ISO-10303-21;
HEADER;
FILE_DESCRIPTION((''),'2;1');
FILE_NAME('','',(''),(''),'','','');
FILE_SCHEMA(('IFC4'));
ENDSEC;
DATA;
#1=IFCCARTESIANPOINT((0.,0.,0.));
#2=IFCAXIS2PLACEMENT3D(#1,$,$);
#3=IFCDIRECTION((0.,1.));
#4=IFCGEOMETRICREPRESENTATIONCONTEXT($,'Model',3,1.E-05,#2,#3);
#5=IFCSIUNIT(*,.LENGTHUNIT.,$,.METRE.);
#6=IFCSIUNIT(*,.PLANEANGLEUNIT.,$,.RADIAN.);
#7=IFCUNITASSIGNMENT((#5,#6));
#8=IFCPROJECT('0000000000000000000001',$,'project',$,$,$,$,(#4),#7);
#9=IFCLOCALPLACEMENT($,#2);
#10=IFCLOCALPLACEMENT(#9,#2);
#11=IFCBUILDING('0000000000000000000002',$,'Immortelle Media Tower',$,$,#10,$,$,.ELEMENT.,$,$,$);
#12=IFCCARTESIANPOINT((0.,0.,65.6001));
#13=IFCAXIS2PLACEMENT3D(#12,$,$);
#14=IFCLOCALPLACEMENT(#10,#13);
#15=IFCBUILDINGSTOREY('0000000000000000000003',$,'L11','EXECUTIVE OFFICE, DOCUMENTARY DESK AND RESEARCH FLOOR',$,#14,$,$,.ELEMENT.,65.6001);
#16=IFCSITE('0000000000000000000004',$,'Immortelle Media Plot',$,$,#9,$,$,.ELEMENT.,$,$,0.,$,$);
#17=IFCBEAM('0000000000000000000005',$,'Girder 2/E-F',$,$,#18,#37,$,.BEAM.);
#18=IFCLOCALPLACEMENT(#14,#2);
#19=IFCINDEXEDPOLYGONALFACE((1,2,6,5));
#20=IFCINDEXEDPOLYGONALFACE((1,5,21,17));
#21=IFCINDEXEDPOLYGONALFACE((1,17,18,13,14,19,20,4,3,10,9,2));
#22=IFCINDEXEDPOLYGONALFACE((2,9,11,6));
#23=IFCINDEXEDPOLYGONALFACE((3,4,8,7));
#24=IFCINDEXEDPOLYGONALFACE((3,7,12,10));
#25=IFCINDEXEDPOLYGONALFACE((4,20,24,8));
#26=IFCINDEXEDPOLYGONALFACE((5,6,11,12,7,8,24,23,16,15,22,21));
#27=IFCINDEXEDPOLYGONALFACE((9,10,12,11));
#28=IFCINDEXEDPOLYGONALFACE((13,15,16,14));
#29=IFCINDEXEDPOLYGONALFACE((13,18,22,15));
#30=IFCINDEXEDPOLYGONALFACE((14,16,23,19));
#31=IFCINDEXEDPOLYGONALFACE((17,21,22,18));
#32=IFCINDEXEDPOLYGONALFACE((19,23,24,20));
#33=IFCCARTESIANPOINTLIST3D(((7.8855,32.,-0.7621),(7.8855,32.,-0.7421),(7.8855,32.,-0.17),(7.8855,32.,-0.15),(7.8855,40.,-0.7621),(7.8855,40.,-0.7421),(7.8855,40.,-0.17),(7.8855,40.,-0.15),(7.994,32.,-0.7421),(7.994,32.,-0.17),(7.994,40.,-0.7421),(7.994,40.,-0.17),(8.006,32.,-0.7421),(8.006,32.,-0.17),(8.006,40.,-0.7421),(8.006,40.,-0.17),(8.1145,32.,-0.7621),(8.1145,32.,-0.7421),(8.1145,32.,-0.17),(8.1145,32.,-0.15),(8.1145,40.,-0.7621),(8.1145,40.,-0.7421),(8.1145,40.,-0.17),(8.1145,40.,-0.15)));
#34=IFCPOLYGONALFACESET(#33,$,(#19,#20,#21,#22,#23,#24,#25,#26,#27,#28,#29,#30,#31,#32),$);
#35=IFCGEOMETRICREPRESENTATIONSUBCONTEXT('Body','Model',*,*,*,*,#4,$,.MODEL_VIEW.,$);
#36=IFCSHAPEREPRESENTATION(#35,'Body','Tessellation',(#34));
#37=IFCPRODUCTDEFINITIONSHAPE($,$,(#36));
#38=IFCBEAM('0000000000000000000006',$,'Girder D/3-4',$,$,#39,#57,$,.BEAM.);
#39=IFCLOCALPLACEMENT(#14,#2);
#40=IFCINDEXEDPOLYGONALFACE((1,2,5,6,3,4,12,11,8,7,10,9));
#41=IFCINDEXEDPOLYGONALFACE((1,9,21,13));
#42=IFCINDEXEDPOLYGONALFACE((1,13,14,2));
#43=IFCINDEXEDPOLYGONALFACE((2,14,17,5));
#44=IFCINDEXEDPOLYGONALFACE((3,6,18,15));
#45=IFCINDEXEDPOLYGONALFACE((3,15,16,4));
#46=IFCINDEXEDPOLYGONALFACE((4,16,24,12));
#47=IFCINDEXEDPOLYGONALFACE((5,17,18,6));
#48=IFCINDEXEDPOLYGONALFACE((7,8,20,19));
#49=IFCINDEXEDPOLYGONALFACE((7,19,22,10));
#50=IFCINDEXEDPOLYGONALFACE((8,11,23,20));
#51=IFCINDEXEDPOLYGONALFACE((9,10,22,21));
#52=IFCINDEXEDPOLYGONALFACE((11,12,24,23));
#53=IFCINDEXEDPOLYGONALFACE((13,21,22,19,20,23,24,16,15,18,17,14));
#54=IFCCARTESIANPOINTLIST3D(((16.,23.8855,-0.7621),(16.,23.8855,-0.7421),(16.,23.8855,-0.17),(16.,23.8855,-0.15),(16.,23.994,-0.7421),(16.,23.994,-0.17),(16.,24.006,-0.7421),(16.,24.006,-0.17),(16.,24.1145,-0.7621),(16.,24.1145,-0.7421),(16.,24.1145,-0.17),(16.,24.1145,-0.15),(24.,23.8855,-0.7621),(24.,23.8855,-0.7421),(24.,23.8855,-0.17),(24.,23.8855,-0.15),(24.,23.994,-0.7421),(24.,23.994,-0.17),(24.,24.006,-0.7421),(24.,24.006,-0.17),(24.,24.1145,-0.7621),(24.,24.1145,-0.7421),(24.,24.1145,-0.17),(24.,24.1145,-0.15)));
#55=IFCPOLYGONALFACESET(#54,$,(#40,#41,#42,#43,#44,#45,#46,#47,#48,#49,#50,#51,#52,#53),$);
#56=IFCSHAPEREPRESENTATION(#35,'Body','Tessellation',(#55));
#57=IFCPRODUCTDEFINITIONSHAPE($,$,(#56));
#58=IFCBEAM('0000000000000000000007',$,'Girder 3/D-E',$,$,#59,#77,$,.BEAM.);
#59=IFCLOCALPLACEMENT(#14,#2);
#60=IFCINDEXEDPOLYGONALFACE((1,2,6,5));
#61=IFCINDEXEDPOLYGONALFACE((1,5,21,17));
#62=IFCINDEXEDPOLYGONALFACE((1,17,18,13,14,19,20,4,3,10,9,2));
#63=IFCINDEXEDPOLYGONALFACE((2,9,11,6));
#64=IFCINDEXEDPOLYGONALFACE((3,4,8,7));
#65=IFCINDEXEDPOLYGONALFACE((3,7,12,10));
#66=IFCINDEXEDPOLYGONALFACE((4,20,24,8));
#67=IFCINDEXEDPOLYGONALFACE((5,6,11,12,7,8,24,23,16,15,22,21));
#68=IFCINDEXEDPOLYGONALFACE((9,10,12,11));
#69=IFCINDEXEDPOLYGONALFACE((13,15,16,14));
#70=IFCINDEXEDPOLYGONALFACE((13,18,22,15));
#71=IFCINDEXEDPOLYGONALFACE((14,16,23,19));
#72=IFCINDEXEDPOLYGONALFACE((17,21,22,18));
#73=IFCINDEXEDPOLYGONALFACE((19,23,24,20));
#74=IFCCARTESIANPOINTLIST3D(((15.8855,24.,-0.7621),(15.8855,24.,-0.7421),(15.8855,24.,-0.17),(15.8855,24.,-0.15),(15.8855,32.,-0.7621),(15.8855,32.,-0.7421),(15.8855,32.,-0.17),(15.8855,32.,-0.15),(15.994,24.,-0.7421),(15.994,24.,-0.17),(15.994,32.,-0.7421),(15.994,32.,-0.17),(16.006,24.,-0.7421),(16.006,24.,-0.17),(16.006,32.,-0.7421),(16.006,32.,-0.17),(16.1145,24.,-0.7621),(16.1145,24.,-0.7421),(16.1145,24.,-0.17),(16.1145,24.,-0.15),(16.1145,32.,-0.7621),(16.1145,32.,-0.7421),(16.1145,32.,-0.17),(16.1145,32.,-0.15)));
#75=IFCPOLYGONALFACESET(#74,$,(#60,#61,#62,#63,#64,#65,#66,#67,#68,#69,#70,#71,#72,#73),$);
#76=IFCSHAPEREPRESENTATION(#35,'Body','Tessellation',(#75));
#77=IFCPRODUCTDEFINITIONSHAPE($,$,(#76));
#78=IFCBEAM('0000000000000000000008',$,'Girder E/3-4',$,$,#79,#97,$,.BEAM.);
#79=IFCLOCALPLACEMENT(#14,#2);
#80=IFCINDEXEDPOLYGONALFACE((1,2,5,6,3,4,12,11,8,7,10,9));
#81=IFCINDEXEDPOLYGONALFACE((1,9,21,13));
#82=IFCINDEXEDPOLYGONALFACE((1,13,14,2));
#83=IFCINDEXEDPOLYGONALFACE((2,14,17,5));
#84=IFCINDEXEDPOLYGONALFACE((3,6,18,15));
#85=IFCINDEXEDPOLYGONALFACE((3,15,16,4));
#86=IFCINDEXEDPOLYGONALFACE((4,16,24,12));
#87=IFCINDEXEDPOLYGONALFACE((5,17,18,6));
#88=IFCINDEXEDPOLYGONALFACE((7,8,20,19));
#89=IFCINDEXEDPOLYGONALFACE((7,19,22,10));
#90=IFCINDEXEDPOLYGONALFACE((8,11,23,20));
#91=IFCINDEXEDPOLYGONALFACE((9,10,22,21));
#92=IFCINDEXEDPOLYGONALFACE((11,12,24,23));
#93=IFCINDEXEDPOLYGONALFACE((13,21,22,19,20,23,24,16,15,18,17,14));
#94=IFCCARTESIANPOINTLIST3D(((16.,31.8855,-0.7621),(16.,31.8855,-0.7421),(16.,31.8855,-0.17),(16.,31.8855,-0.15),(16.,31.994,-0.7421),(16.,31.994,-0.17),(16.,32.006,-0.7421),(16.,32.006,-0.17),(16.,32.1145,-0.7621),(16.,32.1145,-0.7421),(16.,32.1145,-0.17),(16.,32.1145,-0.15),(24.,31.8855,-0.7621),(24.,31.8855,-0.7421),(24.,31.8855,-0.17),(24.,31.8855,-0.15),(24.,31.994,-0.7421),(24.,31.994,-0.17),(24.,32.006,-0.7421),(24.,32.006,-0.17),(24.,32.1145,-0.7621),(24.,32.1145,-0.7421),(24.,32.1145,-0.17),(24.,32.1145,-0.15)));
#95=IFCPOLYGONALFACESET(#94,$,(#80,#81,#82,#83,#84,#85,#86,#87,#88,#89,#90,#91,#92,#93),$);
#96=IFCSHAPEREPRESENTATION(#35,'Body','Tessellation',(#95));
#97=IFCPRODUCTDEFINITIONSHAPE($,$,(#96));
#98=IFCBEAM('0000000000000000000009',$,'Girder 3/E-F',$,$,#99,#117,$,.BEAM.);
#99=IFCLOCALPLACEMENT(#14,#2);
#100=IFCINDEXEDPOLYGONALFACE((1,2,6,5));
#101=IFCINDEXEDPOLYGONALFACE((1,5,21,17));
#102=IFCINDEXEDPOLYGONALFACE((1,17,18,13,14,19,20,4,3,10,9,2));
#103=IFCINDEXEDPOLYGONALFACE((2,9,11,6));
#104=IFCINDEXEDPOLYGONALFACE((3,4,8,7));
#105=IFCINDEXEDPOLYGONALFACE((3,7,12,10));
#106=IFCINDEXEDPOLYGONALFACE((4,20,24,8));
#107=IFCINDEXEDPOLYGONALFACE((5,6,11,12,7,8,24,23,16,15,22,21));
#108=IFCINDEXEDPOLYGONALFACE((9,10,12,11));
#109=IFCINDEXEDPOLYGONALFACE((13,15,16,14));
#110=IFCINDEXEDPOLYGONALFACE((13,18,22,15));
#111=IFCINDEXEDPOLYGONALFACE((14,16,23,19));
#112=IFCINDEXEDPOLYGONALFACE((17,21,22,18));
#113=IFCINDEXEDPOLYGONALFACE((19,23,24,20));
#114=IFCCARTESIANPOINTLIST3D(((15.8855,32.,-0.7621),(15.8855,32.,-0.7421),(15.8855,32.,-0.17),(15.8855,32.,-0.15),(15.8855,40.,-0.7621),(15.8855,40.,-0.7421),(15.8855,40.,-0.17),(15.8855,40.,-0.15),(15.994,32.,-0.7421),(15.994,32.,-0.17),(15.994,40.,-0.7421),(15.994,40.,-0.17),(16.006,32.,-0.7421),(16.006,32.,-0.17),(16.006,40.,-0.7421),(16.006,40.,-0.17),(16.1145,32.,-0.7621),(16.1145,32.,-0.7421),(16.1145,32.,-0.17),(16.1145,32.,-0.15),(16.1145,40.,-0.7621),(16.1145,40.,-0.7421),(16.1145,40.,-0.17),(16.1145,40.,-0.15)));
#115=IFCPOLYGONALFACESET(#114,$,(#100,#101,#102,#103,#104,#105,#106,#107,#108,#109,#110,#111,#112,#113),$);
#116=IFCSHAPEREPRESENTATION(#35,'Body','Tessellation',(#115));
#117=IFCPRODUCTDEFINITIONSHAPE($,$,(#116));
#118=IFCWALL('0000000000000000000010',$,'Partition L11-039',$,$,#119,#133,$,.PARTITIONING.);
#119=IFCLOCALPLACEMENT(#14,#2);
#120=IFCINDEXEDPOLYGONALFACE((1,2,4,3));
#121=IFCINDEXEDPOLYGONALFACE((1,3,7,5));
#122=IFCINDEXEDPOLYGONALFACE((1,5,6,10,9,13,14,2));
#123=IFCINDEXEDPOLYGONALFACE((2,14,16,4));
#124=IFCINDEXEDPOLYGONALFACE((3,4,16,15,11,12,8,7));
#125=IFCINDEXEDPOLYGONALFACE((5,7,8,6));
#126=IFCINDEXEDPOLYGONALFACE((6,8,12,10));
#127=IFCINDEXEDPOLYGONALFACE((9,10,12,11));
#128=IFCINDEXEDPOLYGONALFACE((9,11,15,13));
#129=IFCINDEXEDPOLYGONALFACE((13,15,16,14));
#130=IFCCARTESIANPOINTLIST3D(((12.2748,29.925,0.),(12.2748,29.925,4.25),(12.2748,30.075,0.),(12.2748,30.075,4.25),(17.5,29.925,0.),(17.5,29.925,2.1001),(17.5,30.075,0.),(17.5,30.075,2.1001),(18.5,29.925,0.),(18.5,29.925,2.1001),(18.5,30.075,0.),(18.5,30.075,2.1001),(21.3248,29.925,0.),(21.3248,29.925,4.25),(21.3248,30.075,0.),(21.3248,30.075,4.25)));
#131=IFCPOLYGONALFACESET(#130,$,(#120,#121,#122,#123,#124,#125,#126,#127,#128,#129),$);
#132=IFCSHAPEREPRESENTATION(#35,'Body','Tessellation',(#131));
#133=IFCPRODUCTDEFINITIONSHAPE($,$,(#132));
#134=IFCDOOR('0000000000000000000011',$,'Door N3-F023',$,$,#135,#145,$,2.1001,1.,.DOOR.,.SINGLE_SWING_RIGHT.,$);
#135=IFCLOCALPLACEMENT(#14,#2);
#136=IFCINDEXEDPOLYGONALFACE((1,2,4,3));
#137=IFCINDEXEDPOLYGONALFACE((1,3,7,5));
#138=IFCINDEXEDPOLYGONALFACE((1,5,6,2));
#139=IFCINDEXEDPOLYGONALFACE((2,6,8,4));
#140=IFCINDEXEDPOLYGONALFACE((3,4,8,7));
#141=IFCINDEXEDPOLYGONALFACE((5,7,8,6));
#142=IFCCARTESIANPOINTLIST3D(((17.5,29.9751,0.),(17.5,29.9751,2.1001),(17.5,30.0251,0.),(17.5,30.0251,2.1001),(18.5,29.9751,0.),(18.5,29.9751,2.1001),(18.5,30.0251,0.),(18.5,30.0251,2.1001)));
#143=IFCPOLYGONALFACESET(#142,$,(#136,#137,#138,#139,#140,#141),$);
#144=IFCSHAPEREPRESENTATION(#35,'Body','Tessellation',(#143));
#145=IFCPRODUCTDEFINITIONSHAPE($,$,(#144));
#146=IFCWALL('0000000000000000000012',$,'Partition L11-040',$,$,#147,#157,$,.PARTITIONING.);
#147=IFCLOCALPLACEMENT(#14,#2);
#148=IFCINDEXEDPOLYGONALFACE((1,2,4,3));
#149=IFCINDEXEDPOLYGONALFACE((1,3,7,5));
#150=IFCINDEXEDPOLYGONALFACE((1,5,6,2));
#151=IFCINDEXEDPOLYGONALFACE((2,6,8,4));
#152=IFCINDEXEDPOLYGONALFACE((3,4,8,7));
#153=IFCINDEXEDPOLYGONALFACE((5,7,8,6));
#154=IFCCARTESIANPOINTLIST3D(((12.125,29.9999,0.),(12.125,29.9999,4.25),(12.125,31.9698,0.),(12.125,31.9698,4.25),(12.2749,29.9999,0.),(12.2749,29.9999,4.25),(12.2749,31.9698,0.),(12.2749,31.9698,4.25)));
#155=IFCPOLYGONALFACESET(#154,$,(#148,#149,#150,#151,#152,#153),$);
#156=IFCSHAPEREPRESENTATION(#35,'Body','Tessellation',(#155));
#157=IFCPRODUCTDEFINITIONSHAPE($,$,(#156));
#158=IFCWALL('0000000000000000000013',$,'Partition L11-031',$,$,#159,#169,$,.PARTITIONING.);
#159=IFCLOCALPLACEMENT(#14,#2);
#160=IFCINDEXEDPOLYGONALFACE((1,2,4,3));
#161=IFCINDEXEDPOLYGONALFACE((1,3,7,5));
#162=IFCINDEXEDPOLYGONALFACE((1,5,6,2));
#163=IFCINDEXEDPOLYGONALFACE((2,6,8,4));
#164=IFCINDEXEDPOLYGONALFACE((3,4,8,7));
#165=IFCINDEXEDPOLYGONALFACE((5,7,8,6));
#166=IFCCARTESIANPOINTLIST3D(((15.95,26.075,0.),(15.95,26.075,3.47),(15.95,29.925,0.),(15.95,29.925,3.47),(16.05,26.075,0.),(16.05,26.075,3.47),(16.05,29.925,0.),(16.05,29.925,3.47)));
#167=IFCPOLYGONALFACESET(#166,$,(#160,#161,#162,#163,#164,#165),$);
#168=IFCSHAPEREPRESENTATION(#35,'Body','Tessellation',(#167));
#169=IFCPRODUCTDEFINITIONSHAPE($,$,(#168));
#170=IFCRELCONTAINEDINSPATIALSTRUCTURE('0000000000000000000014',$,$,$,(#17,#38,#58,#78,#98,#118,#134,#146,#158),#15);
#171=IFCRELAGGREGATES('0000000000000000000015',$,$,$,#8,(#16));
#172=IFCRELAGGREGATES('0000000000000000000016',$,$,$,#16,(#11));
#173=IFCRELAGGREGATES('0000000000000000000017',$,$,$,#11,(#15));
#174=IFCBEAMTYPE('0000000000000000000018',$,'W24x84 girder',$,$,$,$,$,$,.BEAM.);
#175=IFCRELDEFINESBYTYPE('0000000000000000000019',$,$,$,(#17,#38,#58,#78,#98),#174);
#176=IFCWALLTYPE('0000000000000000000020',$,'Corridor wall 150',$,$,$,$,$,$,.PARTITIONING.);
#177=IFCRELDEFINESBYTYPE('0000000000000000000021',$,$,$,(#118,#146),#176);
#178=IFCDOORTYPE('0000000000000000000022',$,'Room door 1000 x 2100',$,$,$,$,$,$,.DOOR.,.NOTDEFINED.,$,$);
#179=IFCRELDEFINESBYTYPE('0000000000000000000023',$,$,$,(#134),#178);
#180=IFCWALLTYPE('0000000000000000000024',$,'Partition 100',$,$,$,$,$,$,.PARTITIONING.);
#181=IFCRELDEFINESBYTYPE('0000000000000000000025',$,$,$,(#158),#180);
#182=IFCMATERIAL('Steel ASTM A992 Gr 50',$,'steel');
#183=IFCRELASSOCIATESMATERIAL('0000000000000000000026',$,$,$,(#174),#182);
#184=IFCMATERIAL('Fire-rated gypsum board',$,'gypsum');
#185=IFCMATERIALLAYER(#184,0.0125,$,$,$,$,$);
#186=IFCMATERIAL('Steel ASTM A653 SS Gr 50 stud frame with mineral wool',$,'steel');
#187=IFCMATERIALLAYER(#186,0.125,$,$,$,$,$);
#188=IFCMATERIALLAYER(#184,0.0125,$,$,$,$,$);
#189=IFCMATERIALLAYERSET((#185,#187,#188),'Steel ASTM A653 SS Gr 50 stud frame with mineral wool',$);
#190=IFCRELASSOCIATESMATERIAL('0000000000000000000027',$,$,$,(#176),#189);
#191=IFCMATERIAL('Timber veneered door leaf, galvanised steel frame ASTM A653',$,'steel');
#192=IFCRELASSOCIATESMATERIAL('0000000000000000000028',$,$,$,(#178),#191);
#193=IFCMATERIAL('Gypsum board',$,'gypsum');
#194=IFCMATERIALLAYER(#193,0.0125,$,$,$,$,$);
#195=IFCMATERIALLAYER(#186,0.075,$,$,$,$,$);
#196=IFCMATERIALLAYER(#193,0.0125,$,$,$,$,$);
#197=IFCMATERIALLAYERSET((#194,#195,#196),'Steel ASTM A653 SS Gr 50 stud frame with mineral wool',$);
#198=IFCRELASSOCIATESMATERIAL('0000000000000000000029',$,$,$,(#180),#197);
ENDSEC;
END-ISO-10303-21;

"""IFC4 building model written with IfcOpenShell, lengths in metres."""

from ifc_helpers import new_model, si_unit, direction, frame, frame_2d, origin, origin_2d, place, context, subcontext, project, spatial, rectangle, i_section, extrude, material, layer, layer_set, material_profile, profile_set, type_object, element, fill, save


model = new_model("IFC4")

# Units and contexts
model_context = context("Model", 3, precision=1e-05, world=origin(), true_north=direction((0.0, 1.0)))
body_context = subcontext(model_context, "Body", "Model", "MODEL_VIEW")
ifc_project = project(units=[si_unit("LENGTHUNIT", "METRE"), si_unit("PLANEANGLEUNIT", "RADIAN")], contexts=[model_context])

# Site, building, storey
site_placement = place(None, origin())
site = spatial("IfcSite", under=ifc_project, at=site_placement, Name="Immortelle Media Plot", CompositionType="ELEMENT", RefElevation=0.0)
building_placement = place(site_placement, origin())
building = spatial("IfcBuilding", under=site, at=building_placement, Name="Immortelle Media Tower", CompositionType="ELEMENT")
storey_placement = place(building_placement, frame((0.0, 0.0, 65.6001)))
storey = spatial("IfcBuildingStorey", under=building, at=storey_placement, Name="L11", Description="EXECUTIVE OFFICE, DOCUMENTARY DESK AND RESEARCH FLOOR", CompositionType="ELEMENT", Elevation=65.6001)

# Shared definitions
ifc_material_1 = material(Name="Steel ASTM A992 Gr 50", Category="steel")

# Beams
ifc_material_profile_1 = material_profile(ifc_material_1, i_section(OverallWidth=0.229, OverallDepth=0.6121, WebThickness=0.012, FlangeThickness=0.02, at=origin_2d()), Name="W24x84")
ifc_profile_set_1 = profile_set([ifc_material_profile_1], Name="Steel ASTM A992 Gr 50")
beam_type_1 = type_object("IfcBeamType", Name="W24x84 girder", PredefinedType="BEAM", material=ifc_profile_set_1)
for number, where, z_axis, x_axis, name in (
    (1, (8.0, 32.0, -0.4561), (0.0, 1.0, 0.0), (-1.0, 0.0, 0.0), "Girder 2/E-F"),
    (2, (16.0, 24.0, -0.4561), (1.0, 0.0, 0.0), (0.0, 1.0, 0.0), "Girder D/3-4"),
    (3, (16.0, 24.0, -0.4561), (0.0, 1.0, 0.0), (-1.0, 0.0, 0.0), "Girder 3/D-E"),
    (4, (16.0, 32.0, -0.4561), (1.0, 0.0, 0.0), (0.0, 1.0, 0.0), "Girder E/3-4"),
    (5, (16.0, 32.0, -0.4561), (0.0, 1.0, 0.0), (-1.0, 0.0, 0.0), "Girder 3/E-F"),
):
    element("IfcBeam", number, at=place(storey_placement, frame(where, z_axis=z_axis, x_axis=x_axis)), inside=storey, type_object=beam_type_1, Name=name, PredefinedType="BEAM", context=body_context, shape_type="SweptSolid", body=[
        extrude(i_section(OverallWidth=0.229, OverallDepth=0.6121, WebThickness=0.012, FlangeThickness=0.02, at=origin_2d()), origin(), (0.0, 0.0, 1.0), 8.0),
    ])

# Wall, opening, door
ifc_material_2 = material(Name="Fire-rated gypsum board", Category="gypsum")
ifc_layer_1 = layer(ifc_material_2, 0.0125)
ifc_material_3 = material(Name="Steel ASTM A653 SS Gr 50 stud frame with mineral wool", Category="steel")
ifc_layer_2 = layer(ifc_material_3, 0.125)
ifc_layer_3 = layer(ifc_material_2, 0.0125)
ifc_layer_set_1 = layer_set([ifc_layer_1, ifc_layer_2, ifc_layer_3], Name="Steel ASTM A653 SS Gr 50 stud frame with mineral wool")
wall_type_1 = type_object("IfcWallType", Name="Corridor wall 150", PredefinedType="PARTITIONING", material=ifc_layer_set_1)
wall_1_placement = place(storey_placement, frame((12.2749, 30.0, 0.0), z_axis=(0.0, 0.0, 1.0), x_axis=(1.0, 0.0, 0.0)))
wall_1 = element("IfcWall", 6, at=wall_1_placement, inside=storey, type_object=wall_type_1, Name="Partition L11-039", PredefinedType="PARTITIONING", context=body_context, shape_type="SweptSolid", body=[
    extrude(rectangle(XDim=9.05, YDim=0.1499, at=frame_2d((4.5249, 0.0))), origin(), (0.0, 0.0, 1.0), 4.25),
])
opening_placement = place(wall_1_placement, frame((6.2251, 0.0, 0.0), z_axis=(0.0, 0.0, 1.0), x_axis=(-1.0, 0.0, 0.0)))
opening = element("IfcOpeningElement", 7, at=opening_placement, cuts=wall_1, PredefinedType="OPENING", context=body_context, shape_type="SweptSolid", body=[
    extrude(rectangle(XDim=1.0, YDim=2.1001, at=frame_2d((0.5, 1.05))), frame((0.0, 0.085, 0.0), z_axis=(0.0, -1.0, 0.0), x_axis=(1.0, 0.0, 0.0)), (0.0, 0.0, 1.0), 0.1699),
])
ifc_material_4 = material(Name="Timber veneered door leaf, galvanised steel frame ASTM A653", Category="steel")
door_type = type_object("IfcDoorType", Name="Room door 1000 x 2100", OperationType="NOTDEFINED", PredefinedType="DOOR", material=ifc_material_4)
door_placement = place(opening_placement, origin())
door = element("IfcDoor", 8, at=door_placement, inside=storey, type_object=door_type, Name="Door N3-F023", OperationType="SINGLE_SWING_RIGHT", OverallHeight=2.1001, OverallWidth=1.0, PredefinedType="DOOR", context=body_context, shape_type="SweptSolid", body=[
    extrude(rectangle(XDim=1.0, YDim=2.1001, at=frame_2d((0.5, 1.05))), frame((0.0, 0.0249, 0.0), z_axis=(0.0, -1.0, 0.0), x_axis=(1.0, 0.0, 0.0)), (0.0, 0.0, 1.0), 0.05),
])
fill(opening, door)

# Walls
wall_2_placement = place(storey_placement, frame((12.2, 30.0, 0.0), z_axis=(0.0, 0.0, 1.0), x_axis=(0.0, 1.0, 0.0)))
element("IfcWall", 9, at=wall_2_placement, inside=storey, type_object=wall_type_1, Name="Partition L11-040", PredefinedType="PARTITIONING", context=body_context, shape_type="SweptSolid", body=[
    extrude(rectangle(XDim=1.97, YDim=0.1499, at=frame_2d((0.9849, 0.0))), origin(), (0.0, 0.0, 1.0), 4.25),
])
ifc_material_5 = material(Name="Gypsum board", Category="gypsum")
ifc_layer_4 = layer(ifc_material_5, 0.0125)
ifc_layer_5 = layer(ifc_material_3, 0.075)
ifc_layer_6 = layer(ifc_material_5, 0.0125)
ifc_layer_set_2 = layer_set([ifc_layer_4, ifc_layer_5, ifc_layer_6], Name="Steel ASTM A653 SS Gr 50 stud frame with mineral wool")
wall_type_2 = type_object("IfcWallType", Name="Partition 100", PredefinedType="PARTITIONING", material=ifc_layer_set_2)
wall_3_placement = place(storey_placement, frame((16.0, 26.075, 0.0), z_axis=(0.0, 0.0, 1.0), x_axis=(0.0, 1.0, 0.0)))
element("IfcWall", 10, at=wall_3_placement, inside=storey, type_object=wall_type_2, Name="Partition L11-031", PredefinedType="PARTITIONING", context=body_context, shape_type="SweptSolid", body=[
    extrude(rectangle(XDim=3.8501, YDim=0.1001, at=frame_2d((1.925, 0.0))), origin(), (0.0, 0.0, 1.0), 3.47),
])

save(model, "model.ifc")
